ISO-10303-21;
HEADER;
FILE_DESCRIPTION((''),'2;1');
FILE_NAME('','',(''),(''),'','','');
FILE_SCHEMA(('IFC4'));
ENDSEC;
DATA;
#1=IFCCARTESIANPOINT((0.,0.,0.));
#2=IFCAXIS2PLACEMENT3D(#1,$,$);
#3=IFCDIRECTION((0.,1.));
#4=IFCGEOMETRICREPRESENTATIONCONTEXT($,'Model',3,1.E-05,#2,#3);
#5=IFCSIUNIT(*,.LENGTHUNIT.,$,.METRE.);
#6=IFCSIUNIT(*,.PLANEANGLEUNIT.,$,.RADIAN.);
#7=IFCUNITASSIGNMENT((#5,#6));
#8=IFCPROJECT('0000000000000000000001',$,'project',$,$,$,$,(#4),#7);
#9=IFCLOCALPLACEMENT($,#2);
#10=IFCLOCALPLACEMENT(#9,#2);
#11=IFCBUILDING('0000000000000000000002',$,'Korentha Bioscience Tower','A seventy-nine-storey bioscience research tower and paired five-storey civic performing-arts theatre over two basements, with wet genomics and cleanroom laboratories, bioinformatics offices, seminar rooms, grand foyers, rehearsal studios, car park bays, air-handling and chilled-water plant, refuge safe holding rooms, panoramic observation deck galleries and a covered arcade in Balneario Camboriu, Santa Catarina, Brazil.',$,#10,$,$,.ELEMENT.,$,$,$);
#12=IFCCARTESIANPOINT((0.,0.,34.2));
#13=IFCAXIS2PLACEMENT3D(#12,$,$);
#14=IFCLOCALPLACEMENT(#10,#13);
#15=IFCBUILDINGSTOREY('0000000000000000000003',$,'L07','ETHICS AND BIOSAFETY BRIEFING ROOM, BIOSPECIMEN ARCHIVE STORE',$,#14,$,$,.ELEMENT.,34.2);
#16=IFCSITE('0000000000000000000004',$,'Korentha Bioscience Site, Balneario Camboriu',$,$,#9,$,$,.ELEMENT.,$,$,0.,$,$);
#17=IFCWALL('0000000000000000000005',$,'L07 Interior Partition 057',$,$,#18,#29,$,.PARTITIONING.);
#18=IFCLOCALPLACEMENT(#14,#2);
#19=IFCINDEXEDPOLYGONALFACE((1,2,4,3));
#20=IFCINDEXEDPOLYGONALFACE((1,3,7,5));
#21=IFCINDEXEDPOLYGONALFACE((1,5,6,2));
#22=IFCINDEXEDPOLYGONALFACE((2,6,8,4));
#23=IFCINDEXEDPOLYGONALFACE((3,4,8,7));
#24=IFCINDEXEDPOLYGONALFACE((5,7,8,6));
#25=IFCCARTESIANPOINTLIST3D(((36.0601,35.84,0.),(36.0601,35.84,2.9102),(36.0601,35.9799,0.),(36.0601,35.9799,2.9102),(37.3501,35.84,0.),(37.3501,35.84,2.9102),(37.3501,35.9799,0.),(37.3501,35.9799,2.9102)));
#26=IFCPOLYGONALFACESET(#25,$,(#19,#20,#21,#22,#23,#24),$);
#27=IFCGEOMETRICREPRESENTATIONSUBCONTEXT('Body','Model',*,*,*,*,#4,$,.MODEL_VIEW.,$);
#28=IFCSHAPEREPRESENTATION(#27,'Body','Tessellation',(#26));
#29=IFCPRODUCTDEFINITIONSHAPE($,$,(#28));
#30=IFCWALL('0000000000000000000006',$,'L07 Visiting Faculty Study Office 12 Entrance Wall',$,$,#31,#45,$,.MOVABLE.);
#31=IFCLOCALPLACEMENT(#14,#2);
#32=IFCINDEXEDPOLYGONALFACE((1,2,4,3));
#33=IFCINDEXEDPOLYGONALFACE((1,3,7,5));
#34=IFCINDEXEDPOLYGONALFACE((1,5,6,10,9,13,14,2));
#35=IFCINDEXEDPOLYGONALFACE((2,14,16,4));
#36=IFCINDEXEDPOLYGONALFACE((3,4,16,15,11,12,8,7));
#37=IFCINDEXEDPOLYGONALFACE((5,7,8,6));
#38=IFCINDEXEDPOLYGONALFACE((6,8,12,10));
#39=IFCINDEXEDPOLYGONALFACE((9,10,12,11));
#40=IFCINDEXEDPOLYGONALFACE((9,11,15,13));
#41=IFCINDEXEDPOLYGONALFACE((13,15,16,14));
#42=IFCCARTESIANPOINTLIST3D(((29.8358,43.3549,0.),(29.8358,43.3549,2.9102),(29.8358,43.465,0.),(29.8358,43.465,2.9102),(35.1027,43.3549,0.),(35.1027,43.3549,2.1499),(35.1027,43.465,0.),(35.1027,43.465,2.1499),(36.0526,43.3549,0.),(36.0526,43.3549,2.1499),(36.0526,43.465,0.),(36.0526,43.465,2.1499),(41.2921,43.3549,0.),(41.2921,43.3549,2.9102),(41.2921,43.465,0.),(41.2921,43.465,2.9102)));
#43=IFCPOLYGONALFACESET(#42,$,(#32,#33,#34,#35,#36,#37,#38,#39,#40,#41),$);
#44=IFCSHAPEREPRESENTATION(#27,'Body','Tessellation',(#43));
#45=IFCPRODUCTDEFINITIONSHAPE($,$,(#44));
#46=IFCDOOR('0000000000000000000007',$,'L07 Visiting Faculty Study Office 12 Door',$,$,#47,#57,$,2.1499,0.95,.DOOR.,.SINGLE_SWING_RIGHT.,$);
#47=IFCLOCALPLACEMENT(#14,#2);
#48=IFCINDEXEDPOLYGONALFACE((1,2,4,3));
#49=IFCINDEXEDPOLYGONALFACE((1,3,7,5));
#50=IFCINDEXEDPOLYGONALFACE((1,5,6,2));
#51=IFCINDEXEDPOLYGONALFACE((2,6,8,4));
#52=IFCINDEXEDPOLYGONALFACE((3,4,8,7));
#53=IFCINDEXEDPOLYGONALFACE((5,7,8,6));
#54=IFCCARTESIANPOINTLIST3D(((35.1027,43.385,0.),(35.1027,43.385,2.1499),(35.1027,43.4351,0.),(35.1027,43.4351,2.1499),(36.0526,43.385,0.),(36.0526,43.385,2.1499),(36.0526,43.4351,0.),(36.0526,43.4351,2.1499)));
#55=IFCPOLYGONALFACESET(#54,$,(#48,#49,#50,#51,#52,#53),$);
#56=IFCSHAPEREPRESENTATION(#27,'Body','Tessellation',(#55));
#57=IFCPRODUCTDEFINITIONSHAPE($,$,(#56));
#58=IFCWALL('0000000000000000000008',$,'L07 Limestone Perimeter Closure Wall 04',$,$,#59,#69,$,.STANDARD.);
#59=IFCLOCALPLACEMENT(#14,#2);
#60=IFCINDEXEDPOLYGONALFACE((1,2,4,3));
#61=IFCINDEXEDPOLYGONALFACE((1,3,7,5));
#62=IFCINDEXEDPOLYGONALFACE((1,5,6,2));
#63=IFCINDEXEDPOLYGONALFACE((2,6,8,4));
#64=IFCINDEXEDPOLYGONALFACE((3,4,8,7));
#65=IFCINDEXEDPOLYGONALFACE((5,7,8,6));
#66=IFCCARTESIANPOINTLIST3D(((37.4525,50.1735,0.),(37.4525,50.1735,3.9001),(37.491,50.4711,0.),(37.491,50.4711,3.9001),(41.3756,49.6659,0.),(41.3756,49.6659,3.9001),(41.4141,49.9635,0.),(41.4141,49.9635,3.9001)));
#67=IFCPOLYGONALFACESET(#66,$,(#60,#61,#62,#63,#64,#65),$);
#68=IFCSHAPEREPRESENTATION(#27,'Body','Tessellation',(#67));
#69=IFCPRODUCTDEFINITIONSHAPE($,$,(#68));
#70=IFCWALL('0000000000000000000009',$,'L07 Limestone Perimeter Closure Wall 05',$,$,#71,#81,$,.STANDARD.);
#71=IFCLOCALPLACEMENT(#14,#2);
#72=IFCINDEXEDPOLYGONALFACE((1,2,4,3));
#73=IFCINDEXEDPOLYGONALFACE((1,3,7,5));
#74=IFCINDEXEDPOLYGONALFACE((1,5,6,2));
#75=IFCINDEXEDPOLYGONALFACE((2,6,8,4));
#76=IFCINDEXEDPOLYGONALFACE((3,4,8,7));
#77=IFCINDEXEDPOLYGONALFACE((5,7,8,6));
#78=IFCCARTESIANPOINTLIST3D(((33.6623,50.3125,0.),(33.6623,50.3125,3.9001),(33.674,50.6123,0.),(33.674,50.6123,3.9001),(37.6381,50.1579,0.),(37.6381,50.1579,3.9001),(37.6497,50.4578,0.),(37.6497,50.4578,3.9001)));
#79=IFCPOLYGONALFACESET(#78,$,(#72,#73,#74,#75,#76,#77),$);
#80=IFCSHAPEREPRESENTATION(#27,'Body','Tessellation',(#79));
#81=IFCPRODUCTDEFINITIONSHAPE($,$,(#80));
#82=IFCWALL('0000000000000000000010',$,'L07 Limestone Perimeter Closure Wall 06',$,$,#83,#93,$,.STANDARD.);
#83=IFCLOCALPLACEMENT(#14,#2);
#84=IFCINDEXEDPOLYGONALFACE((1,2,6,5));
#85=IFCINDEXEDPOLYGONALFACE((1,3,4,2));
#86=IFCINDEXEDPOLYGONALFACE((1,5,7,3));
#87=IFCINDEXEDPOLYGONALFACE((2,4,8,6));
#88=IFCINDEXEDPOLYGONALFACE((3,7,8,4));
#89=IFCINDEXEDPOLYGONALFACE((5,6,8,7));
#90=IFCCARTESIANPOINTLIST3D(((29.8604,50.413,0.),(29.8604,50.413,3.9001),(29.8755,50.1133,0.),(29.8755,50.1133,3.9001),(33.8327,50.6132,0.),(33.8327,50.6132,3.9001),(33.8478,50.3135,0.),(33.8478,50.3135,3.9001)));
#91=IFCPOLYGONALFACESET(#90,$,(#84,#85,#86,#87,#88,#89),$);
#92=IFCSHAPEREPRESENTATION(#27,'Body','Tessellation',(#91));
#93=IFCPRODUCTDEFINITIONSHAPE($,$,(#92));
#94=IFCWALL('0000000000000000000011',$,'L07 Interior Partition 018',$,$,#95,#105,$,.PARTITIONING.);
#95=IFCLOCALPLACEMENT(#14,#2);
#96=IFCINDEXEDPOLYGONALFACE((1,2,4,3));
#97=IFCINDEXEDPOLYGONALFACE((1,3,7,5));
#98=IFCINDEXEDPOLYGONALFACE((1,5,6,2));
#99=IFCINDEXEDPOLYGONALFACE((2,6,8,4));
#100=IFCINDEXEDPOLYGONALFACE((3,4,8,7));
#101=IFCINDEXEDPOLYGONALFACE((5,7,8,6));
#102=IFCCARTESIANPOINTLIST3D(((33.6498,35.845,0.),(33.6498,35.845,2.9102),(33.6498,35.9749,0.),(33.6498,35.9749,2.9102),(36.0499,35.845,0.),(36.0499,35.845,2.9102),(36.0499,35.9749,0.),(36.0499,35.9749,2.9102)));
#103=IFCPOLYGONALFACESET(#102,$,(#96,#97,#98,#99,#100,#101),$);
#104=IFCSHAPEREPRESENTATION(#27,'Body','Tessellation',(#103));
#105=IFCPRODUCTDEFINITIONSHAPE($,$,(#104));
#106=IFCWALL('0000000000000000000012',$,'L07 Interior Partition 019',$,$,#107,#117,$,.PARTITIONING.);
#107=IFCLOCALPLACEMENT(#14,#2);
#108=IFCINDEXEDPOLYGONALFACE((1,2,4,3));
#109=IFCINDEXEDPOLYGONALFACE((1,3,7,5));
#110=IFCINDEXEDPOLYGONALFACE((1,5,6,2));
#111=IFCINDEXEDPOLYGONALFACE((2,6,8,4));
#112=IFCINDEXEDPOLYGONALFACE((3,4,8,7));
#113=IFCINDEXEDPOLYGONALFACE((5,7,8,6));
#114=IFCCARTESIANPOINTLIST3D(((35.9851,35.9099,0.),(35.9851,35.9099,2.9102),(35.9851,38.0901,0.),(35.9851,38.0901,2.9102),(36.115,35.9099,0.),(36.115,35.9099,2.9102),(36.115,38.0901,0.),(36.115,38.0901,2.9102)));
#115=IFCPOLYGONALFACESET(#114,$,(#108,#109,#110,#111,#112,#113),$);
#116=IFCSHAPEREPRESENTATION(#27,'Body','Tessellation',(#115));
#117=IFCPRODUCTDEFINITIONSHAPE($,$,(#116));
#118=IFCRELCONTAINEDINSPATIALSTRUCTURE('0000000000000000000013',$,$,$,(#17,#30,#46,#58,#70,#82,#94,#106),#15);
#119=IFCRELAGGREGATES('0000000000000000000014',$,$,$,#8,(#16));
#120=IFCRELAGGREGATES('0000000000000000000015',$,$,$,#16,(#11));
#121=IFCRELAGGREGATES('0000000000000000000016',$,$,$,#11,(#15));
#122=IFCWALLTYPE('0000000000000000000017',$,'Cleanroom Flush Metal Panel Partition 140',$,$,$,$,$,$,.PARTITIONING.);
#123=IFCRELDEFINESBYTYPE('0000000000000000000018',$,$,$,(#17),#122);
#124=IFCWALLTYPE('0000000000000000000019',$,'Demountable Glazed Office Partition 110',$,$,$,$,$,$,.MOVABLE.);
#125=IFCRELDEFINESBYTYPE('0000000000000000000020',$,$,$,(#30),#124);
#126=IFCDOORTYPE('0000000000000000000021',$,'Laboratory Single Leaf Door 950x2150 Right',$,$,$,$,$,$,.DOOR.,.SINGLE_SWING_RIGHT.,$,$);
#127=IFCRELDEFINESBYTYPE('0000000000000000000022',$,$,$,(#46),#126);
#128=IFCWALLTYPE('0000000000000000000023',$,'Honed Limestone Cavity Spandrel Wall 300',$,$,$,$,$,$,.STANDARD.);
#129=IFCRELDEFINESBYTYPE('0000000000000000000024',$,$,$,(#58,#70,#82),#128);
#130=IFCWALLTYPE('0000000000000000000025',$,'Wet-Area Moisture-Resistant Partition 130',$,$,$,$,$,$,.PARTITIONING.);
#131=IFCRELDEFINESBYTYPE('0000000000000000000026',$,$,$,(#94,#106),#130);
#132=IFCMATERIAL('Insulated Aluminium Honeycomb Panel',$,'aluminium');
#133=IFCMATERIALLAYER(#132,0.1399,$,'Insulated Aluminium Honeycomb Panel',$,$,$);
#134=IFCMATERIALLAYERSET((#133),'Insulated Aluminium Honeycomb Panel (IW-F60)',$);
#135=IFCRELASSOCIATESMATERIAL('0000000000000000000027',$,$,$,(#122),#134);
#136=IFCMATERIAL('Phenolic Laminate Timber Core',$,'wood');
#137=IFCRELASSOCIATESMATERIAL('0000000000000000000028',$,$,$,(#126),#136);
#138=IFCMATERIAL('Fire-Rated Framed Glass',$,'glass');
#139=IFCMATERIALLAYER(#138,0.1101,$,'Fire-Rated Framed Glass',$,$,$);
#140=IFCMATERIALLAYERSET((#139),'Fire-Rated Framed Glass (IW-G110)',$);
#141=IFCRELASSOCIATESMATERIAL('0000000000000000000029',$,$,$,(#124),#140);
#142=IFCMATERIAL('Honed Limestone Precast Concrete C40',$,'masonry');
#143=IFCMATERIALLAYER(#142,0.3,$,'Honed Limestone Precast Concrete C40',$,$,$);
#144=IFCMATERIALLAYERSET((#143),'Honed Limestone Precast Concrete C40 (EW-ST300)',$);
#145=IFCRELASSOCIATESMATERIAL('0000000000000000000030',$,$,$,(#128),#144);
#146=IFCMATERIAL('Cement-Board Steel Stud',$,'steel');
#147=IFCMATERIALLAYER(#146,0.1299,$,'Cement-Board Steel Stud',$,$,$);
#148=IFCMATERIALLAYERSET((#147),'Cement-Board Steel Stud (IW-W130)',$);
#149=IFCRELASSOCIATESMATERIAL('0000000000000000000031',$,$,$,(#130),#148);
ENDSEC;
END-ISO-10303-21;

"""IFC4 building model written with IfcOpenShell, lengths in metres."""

from ifc_helpers import new_model, si_unit, direction, frame, frame_2d, origin, place, context, subcontext, project, spatial, rectangle, extrude, material, layer, layer_set, type_object, element, fill, save


model = new_model("IFC4")

# Units and contexts
model_context = context("Model", 3, precision=1e-05, world=origin(), true_north=direction((0.0, 1.0)))
body_context = subcontext(model_context, "Body", "Model", "MODEL_VIEW")
ifc_project = project(units=[si_unit("LENGTHUNIT", "METRE"), si_unit("PLANEANGLEUNIT", "RADIAN")], contexts=[model_context])

# Site, building, storey
site_placement = place(None, origin())
site = spatial("IfcSite", under=ifc_project, at=site_placement, Name="Korentha Bioscience Site, Balneario Camboriu", CompositionType="ELEMENT", RefElevation=0.0)
building_placement = place(site_placement, origin())
building = spatial("IfcBuilding", under=site, at=building_placement, Name="Korentha Bioscience Tower", Description="A seventy-nine-storey bioscience research tower and paired five-storey civic performing-arts theatre over two basements, with wet genomics and cleanroom laboratories, bioinformatics offices, seminar rooms, grand foyers, rehearsal studios, car park bays, air-handling and chilled-water plant, refuge safe holding rooms, panoramic observation deck galleries and a covered arcade in Balneario Camboriu, Santa Catarina, Brazil.", CompositionType="ELEMENT")
storey_placement = place(building_placement, frame((0.0, 0.0, 34.2)))
storey = spatial("IfcBuildingStorey", under=building, at=storey_placement, Name="L07", Description="ETHICS AND BIOSAFETY BRIEFING ROOM, BIOSPECIMEN ARCHIVE STORE", CompositionType="ELEMENT", Elevation=34.2)

# Shared definitions
ifc_material_1 = material(Name="Insulated Aluminium Honeycomb Panel", Category="aluminium")
ifc_layer_1 = layer(ifc_material_1, 0.1399, Name="Insulated Aluminium Honeycomb Panel")
ifc_layer_set_1 = layer_set([ifc_layer_1], Name="Insulated Aluminium Honeycomb Panel (IW-F60)")
wall_type_1 = type_object("IfcWallType", Name="Cleanroom Flush Metal Panel Partition 140", PredefinedType="PARTITIONING", material=ifc_layer_set_1)
ifc_material_2 = material(Name="Phenolic Laminate Timber Core", Category="wood")
door_type_1 = type_object("IfcDoorType", Name="Laboratory Single Leaf Door 950x2150 Right", OperationType="SINGLE_SWING_RIGHT", PredefinedType="DOOR", material=ifc_material_2)

# Wall
wall_1_placement = place(storey_placement, frame((37.3501, 35.9099, 0.0), z_axis=(0.0, 0.0, 1.0), x_axis=(-1.0, 0.0, 0.0)))
element("IfcWall", 1, at=wall_1_placement, inside=storey, type_object=wall_type_1, Name="L07 Interior Partition 057", PredefinedType="PARTITIONING", context=body_context, shape_type="SweptSolid", body=[
    extrude(rectangle(XDim=1.29, YDim=0.1399, at=frame_2d((0.645, 0.0))), origin(), (0.0, 0.0, 1.0), 2.9102),
])

# Wall, opening, door
ifc_material_3 = material(Name="Fire-Rated Framed Glass", Category="glass")
ifc_layer_2 = layer(ifc_material_3, 0.1101, Name="Fire-Rated Framed Glass")
ifc_layer_set_2 = layer_set([ifc_layer_2], Name="Fire-Rated Framed Glass (IW-G110)")
wall_type_2 = type_object("IfcWallType", Name="Demountable Glazed Office Partition 110", PredefinedType="MOVABLE", material=ifc_layer_set_2)
wall_2_placement = place(storey_placement, frame((41.292, 43.4099, 0.0), z_axis=(0.0, 0.0, 1.0), x_axis=(-1.0, 0.0, 0.0)))
wall_2 = element("IfcWall", 2, at=wall_2_placement, inside=storey, type_object=wall_type_2, Name="L07 Visiting Faculty Study Office 12 Entrance Wall", PredefinedType="MOVABLE", context=body_context, shape_type="SweptSolid", body=[
    extrude(rectangle(XDim=11.4563, YDim=0.1101, at=frame_2d((5.728, 0.0))), origin(), (0.0, 0.0, 1.0), 2.9102),
])
opening_1_placement = place(wall_2_placement, frame((5.2393, 0.0, 0.0)))
opening_1 = element("IfcOpeningElement", 3, at=opening_1_placement, cuts=wall_2, PredefinedType="OPENING", context=body_context, shape_type="SweptSolid", body=[
    extrude(rectangle(XDim=0.95, YDim=2.1499, at=frame_2d((0.4751, 1.075))), frame((0.0, 0.0698, 0.0), z_axis=(0.0, -1.0, 0.0), x_axis=(1.0, 0.0, 0.0)), (0.0, 0.0, 1.0), 0.1399),
])
door_1_placement = place(opening_1_placement, origin())
door_1 = element("IfcDoor", 4, at=door_1_placement, inside=storey, type_object=door_type_1, Name="L07 Visiting Faculty Study Office 12 Door", OperationType="SINGLE_SWING_RIGHT", OverallHeight=2.1499, OverallWidth=0.95, PredefinedType="DOOR", context=body_context, shape_type="SweptSolid", body=[
    extrude(rectangle(XDim=0.95, YDim=2.1499, at=frame_2d((0.4751, 1.075))), frame((0.0, 0.0249, 0.0), z_axis=(0.0, -1.0, 0.0), x_axis=(1.0, 0.0, 0.0)), (0.0, 0.0, 1.0), 0.05),
])
fill(opening_1, door_1)
ifc_material_4 = material(Name="Honed Limestone Precast Concrete C40", Category="masonry")
ifc_layer_3 = layer(ifc_material_4, 0.3, Name="Honed Limestone Precast Concrete C40")
ifc_layer_set_3 = layer_set([ifc_layer_3], Name="Honed Limestone Precast Concrete C40 (EW-ST300)")
wall_type_3 = type_object("IfcWallType", Name="Honed Limestone Cavity Spandrel Wall 300", PredefinedType="STANDARD", material=ifc_layer_set_3)

# Walls
wall_3_placement = place(storey_placement, frame((41.395, 49.8147, 0.0), z_axis=(0.0, 0.0, 1.0), x_axis=(-0.991734, 0.12831, 0.0)))
element("IfcWall", 5, at=wall_3_placement, inside=storey, type_object=wall_type_3, Name="L07 Limestone Perimeter Closure Wall 04", PredefinedType="STANDARD", context=body_context, shape_type="SweptSolid", body=[
    extrude(rectangle(XDim=3.9558, YDim=0.3, at=frame_2d((1.978, 0.0))), origin(), (0.0, 0.0, 1.0), 3.9001),
])
wall_4_placement = place(storey_placement, frame((37.6438, 50.3079, 0.0), z_axis=(0.0, 0.0, 1.0), x_axis=(-0.999245, 0.038841, 0.0)))
element("IfcWall", 6, at=wall_4_placement, inside=storey, type_object=wall_type_3, Name="L07 Limestone Perimeter Closure Wall 05", PredefinedType="STANDARD", context=body_context, shape_type="SweptSolid", body=[
    extrude(rectangle(XDim=3.9788, YDim=0.3, at=frame_2d((1.9893, 0.0))), origin(), (0.0, 0.0, 1.0), 3.9001),
])
wall_5_placement = place(storey_placement, frame((33.8403, 50.4634, 0.0), z_axis=(0.0, 0.0, 1.0), x_axis=(-0.998732, -0.050336, 0.0)))
element("IfcWall", 7, at=wall_5_placement, inside=storey, type_object=wall_type_3, Name="L07 Limestone Perimeter Closure Wall 06", PredefinedType="STANDARD", context=body_context, shape_type="SweptSolid", body=[
    extrude(rectangle(XDim=3.9773, YDim=0.3, at=frame_2d((1.9888, 0.0))), origin(), (0.0, 0.0, 1.0), 3.9001),
])

# Shared definitions
ifc_material_5 = material(Name="Cement-Board Steel Stud", Category="steel")
ifc_layer_4 = layer(ifc_material_5, 0.1299, Name="Cement-Board Steel Stud")
ifc_layer_set_4 = layer_set([ifc_layer_4], Name="Cement-Board Steel Stud (IW-W130)")
wall_type_4 = type_object("IfcWallType", Name="Wet-Area Moisture-Resistant Partition 130", PredefinedType="PARTITIONING", material=ifc_layer_set_4)

# Walls
wall_6_placement = place(storey_placement, frame((36.05, 35.9099, 0.0), z_axis=(0.0, 0.0, 1.0), x_axis=(-1.0, 0.0, 0.0)))
element("IfcWall", 8, at=wall_6_placement, inside=storey, type_object=wall_type_4, Name="L07 Interior Partition 018", PredefinedType="PARTITIONING", context=body_context, shape_type="SweptSolid", body=[
    extrude(rectangle(XDim=2.4001, YDim=0.1299, at=frame_2d((1.2002, 0.0))), origin(), (0.0, 0.0, 1.0), 2.9102),
])
wall_7_placement = place(storey_placement, frame((36.05, 38.0901, 0.0), z_axis=(0.0, 0.0, 1.0), x_axis=(0.0, -1.0, 0.0)))
element("IfcWall", 9, at=wall_7_placement, inside=storey, type_object=wall_type_4, Name="L07 Interior Partition 019", PredefinedType="PARTITIONING", context=body_context, shape_type="SweptSolid", body=[
    extrude(rectangle(XDim=2.1802, YDim=0.1299, at=frame_2d((1.0901, 0.0))), origin(), (0.0, 0.0, 1.0), 2.9102),
])

save(model, "model.ifc")
